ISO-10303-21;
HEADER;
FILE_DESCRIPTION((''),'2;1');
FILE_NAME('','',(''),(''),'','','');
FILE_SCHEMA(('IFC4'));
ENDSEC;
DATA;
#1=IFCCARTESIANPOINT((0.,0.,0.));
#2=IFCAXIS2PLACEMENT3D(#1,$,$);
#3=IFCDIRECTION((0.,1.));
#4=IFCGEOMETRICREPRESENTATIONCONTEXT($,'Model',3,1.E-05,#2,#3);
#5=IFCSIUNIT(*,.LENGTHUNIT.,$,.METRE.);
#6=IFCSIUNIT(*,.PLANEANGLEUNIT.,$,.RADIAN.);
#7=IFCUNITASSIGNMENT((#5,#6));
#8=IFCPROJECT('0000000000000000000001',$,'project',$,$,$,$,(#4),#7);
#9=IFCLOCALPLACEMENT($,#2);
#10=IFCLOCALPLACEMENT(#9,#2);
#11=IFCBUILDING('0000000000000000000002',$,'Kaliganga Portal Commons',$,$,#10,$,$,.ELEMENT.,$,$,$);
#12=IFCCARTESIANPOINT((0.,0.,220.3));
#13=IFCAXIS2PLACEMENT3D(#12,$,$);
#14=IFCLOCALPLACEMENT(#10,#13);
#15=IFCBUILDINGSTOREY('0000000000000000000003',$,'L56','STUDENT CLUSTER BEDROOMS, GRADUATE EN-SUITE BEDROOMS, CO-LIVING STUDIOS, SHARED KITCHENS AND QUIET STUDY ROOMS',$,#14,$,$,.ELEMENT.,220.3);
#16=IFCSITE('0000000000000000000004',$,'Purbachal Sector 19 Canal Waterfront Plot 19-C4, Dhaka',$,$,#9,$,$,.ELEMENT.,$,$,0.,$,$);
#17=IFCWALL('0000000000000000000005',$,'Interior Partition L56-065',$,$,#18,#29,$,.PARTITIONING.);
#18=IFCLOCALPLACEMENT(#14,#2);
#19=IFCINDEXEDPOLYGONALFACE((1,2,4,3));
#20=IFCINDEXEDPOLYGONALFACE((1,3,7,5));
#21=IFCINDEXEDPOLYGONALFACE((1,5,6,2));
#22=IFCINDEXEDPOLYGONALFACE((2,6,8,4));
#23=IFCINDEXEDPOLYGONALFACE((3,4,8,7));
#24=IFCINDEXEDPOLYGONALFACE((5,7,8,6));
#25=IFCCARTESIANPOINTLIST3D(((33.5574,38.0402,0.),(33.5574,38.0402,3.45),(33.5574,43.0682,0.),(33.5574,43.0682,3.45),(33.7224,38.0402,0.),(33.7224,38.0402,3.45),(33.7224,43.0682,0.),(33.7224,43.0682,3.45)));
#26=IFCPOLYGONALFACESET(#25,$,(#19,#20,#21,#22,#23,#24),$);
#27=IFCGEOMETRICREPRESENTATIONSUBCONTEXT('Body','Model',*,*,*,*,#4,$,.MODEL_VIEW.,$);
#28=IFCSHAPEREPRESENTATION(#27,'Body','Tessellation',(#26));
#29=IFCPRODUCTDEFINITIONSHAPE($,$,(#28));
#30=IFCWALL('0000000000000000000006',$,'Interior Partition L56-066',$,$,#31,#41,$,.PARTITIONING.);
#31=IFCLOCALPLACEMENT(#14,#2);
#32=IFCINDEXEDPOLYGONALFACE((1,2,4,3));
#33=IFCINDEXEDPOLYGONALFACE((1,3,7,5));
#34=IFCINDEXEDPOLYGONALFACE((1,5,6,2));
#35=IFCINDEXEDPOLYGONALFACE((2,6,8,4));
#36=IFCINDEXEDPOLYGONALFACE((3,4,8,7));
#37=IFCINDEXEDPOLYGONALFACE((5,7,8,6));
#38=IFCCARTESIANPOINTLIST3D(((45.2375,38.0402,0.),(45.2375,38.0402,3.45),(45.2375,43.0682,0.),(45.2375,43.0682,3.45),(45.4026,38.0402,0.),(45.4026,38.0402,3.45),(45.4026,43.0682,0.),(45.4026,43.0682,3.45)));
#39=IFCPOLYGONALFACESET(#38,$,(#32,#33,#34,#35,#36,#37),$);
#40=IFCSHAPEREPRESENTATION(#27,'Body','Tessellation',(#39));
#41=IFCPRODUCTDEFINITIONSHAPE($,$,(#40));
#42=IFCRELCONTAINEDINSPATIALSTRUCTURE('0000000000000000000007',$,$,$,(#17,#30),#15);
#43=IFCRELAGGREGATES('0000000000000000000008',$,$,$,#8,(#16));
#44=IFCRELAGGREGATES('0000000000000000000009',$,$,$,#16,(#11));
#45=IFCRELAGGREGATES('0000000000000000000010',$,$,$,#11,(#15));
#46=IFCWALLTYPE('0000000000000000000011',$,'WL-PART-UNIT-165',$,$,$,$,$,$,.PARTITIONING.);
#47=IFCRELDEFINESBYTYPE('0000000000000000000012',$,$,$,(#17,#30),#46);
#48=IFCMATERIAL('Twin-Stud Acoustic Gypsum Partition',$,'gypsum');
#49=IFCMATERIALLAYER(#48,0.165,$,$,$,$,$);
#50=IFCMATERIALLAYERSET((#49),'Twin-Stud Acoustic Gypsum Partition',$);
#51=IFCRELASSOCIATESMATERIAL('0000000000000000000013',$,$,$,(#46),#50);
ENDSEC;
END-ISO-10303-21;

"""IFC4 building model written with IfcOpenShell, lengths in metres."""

from ifc_helpers import new_model, si_unit, direction, frame, frame_2d, origin, place, context, subcontext, project, spatial, rectangle, extrude, material, layer, layer_set, type_object, element, save


model = new_model("IFC4")

# Units and contexts
model_context = context("Model", 3, precision=1e-05, world=origin(), true_north=direction((0.0, 1.0)))
body_context = subcontext(model_context, "Body", "Model", "MODEL_VIEW")
ifc_project = project(units=[si_unit("LENGTHUNIT", "METRE"), si_unit("PLANEANGLEUNIT", "RADIAN")], contexts=[model_context])

# Site, building, storey
site_placement = place(None, origin())
site = spatial("IfcSite", under=ifc_project, at=site_placement, Name="Purbachal Sector 19 Canal Waterfront Plot 19-C4, Dhaka", CompositionType="ELEMENT", RefElevation=0.0)
building_placement = place(site_placement, origin())
building = spatial("IfcBuilding", under=site, at=building_placement, Name="Kaliganga Portal Commons", CompositionType="ELEMENT")
storey_placement = place(building_placement, frame((0.0, 0.0, 220.3)))
storey = spatial("IfcBuildingStorey", under=building, at=storey_placement, Name="L56", Description="STUDENT CLUSTER BEDROOMS, GRADUATE EN-SUITE BEDROOMS, CO-LIVING STUDIOS, SHARED KITCHENS AND QUIET STUDY ROOMS", CompositionType="ELEMENT", Elevation=220.3)

# Walls
ifc_material_1 = material(Name="Twin-Stud Acoustic Gypsum Partition", Category="gypsum")
ifc_layer_1 = layer(ifc_material_1, 0.165)
ifc_layer_set_1 = layer_set([ifc_layer_1], Name="Twin-Stud Acoustic Gypsum Partition")
wall_type_1 = type_object("IfcWallType", Name="WL-PART-UNIT-165", PredefinedType="PARTITIONING", material=ifc_layer_set_1)
for number, where, z_axis, x_axis, name in (
    (1, (33.6399, 38.04, 0.0), (0.0, 0.0, 1.0), (0.0, 1.0, 0.0), "Interior Partition L56-065"),
    (2, (45.3201, 38.04, 0.0), (0.0, 0.0, 1.0), (0.0, 1.0, 0.0), "Interior Partition L56-066"),
):
    element("IfcWall", number, at=place(storey_placement, frame(where, z_axis=z_axis, x_axis=x_axis)), inside=storey, type_object=wall_type_1, Name=name, PredefinedType="PARTITIONING", context=body_context, shape_type="SweptSolid", body=[
        extrude(rectangle(XDim=5.0281, YDim=0.165, at=frame_2d((2.5142, 0.0))), origin(), (0.0, 0.0, 1.0), 3.45),
    ])

save(model, "model.ifc")
